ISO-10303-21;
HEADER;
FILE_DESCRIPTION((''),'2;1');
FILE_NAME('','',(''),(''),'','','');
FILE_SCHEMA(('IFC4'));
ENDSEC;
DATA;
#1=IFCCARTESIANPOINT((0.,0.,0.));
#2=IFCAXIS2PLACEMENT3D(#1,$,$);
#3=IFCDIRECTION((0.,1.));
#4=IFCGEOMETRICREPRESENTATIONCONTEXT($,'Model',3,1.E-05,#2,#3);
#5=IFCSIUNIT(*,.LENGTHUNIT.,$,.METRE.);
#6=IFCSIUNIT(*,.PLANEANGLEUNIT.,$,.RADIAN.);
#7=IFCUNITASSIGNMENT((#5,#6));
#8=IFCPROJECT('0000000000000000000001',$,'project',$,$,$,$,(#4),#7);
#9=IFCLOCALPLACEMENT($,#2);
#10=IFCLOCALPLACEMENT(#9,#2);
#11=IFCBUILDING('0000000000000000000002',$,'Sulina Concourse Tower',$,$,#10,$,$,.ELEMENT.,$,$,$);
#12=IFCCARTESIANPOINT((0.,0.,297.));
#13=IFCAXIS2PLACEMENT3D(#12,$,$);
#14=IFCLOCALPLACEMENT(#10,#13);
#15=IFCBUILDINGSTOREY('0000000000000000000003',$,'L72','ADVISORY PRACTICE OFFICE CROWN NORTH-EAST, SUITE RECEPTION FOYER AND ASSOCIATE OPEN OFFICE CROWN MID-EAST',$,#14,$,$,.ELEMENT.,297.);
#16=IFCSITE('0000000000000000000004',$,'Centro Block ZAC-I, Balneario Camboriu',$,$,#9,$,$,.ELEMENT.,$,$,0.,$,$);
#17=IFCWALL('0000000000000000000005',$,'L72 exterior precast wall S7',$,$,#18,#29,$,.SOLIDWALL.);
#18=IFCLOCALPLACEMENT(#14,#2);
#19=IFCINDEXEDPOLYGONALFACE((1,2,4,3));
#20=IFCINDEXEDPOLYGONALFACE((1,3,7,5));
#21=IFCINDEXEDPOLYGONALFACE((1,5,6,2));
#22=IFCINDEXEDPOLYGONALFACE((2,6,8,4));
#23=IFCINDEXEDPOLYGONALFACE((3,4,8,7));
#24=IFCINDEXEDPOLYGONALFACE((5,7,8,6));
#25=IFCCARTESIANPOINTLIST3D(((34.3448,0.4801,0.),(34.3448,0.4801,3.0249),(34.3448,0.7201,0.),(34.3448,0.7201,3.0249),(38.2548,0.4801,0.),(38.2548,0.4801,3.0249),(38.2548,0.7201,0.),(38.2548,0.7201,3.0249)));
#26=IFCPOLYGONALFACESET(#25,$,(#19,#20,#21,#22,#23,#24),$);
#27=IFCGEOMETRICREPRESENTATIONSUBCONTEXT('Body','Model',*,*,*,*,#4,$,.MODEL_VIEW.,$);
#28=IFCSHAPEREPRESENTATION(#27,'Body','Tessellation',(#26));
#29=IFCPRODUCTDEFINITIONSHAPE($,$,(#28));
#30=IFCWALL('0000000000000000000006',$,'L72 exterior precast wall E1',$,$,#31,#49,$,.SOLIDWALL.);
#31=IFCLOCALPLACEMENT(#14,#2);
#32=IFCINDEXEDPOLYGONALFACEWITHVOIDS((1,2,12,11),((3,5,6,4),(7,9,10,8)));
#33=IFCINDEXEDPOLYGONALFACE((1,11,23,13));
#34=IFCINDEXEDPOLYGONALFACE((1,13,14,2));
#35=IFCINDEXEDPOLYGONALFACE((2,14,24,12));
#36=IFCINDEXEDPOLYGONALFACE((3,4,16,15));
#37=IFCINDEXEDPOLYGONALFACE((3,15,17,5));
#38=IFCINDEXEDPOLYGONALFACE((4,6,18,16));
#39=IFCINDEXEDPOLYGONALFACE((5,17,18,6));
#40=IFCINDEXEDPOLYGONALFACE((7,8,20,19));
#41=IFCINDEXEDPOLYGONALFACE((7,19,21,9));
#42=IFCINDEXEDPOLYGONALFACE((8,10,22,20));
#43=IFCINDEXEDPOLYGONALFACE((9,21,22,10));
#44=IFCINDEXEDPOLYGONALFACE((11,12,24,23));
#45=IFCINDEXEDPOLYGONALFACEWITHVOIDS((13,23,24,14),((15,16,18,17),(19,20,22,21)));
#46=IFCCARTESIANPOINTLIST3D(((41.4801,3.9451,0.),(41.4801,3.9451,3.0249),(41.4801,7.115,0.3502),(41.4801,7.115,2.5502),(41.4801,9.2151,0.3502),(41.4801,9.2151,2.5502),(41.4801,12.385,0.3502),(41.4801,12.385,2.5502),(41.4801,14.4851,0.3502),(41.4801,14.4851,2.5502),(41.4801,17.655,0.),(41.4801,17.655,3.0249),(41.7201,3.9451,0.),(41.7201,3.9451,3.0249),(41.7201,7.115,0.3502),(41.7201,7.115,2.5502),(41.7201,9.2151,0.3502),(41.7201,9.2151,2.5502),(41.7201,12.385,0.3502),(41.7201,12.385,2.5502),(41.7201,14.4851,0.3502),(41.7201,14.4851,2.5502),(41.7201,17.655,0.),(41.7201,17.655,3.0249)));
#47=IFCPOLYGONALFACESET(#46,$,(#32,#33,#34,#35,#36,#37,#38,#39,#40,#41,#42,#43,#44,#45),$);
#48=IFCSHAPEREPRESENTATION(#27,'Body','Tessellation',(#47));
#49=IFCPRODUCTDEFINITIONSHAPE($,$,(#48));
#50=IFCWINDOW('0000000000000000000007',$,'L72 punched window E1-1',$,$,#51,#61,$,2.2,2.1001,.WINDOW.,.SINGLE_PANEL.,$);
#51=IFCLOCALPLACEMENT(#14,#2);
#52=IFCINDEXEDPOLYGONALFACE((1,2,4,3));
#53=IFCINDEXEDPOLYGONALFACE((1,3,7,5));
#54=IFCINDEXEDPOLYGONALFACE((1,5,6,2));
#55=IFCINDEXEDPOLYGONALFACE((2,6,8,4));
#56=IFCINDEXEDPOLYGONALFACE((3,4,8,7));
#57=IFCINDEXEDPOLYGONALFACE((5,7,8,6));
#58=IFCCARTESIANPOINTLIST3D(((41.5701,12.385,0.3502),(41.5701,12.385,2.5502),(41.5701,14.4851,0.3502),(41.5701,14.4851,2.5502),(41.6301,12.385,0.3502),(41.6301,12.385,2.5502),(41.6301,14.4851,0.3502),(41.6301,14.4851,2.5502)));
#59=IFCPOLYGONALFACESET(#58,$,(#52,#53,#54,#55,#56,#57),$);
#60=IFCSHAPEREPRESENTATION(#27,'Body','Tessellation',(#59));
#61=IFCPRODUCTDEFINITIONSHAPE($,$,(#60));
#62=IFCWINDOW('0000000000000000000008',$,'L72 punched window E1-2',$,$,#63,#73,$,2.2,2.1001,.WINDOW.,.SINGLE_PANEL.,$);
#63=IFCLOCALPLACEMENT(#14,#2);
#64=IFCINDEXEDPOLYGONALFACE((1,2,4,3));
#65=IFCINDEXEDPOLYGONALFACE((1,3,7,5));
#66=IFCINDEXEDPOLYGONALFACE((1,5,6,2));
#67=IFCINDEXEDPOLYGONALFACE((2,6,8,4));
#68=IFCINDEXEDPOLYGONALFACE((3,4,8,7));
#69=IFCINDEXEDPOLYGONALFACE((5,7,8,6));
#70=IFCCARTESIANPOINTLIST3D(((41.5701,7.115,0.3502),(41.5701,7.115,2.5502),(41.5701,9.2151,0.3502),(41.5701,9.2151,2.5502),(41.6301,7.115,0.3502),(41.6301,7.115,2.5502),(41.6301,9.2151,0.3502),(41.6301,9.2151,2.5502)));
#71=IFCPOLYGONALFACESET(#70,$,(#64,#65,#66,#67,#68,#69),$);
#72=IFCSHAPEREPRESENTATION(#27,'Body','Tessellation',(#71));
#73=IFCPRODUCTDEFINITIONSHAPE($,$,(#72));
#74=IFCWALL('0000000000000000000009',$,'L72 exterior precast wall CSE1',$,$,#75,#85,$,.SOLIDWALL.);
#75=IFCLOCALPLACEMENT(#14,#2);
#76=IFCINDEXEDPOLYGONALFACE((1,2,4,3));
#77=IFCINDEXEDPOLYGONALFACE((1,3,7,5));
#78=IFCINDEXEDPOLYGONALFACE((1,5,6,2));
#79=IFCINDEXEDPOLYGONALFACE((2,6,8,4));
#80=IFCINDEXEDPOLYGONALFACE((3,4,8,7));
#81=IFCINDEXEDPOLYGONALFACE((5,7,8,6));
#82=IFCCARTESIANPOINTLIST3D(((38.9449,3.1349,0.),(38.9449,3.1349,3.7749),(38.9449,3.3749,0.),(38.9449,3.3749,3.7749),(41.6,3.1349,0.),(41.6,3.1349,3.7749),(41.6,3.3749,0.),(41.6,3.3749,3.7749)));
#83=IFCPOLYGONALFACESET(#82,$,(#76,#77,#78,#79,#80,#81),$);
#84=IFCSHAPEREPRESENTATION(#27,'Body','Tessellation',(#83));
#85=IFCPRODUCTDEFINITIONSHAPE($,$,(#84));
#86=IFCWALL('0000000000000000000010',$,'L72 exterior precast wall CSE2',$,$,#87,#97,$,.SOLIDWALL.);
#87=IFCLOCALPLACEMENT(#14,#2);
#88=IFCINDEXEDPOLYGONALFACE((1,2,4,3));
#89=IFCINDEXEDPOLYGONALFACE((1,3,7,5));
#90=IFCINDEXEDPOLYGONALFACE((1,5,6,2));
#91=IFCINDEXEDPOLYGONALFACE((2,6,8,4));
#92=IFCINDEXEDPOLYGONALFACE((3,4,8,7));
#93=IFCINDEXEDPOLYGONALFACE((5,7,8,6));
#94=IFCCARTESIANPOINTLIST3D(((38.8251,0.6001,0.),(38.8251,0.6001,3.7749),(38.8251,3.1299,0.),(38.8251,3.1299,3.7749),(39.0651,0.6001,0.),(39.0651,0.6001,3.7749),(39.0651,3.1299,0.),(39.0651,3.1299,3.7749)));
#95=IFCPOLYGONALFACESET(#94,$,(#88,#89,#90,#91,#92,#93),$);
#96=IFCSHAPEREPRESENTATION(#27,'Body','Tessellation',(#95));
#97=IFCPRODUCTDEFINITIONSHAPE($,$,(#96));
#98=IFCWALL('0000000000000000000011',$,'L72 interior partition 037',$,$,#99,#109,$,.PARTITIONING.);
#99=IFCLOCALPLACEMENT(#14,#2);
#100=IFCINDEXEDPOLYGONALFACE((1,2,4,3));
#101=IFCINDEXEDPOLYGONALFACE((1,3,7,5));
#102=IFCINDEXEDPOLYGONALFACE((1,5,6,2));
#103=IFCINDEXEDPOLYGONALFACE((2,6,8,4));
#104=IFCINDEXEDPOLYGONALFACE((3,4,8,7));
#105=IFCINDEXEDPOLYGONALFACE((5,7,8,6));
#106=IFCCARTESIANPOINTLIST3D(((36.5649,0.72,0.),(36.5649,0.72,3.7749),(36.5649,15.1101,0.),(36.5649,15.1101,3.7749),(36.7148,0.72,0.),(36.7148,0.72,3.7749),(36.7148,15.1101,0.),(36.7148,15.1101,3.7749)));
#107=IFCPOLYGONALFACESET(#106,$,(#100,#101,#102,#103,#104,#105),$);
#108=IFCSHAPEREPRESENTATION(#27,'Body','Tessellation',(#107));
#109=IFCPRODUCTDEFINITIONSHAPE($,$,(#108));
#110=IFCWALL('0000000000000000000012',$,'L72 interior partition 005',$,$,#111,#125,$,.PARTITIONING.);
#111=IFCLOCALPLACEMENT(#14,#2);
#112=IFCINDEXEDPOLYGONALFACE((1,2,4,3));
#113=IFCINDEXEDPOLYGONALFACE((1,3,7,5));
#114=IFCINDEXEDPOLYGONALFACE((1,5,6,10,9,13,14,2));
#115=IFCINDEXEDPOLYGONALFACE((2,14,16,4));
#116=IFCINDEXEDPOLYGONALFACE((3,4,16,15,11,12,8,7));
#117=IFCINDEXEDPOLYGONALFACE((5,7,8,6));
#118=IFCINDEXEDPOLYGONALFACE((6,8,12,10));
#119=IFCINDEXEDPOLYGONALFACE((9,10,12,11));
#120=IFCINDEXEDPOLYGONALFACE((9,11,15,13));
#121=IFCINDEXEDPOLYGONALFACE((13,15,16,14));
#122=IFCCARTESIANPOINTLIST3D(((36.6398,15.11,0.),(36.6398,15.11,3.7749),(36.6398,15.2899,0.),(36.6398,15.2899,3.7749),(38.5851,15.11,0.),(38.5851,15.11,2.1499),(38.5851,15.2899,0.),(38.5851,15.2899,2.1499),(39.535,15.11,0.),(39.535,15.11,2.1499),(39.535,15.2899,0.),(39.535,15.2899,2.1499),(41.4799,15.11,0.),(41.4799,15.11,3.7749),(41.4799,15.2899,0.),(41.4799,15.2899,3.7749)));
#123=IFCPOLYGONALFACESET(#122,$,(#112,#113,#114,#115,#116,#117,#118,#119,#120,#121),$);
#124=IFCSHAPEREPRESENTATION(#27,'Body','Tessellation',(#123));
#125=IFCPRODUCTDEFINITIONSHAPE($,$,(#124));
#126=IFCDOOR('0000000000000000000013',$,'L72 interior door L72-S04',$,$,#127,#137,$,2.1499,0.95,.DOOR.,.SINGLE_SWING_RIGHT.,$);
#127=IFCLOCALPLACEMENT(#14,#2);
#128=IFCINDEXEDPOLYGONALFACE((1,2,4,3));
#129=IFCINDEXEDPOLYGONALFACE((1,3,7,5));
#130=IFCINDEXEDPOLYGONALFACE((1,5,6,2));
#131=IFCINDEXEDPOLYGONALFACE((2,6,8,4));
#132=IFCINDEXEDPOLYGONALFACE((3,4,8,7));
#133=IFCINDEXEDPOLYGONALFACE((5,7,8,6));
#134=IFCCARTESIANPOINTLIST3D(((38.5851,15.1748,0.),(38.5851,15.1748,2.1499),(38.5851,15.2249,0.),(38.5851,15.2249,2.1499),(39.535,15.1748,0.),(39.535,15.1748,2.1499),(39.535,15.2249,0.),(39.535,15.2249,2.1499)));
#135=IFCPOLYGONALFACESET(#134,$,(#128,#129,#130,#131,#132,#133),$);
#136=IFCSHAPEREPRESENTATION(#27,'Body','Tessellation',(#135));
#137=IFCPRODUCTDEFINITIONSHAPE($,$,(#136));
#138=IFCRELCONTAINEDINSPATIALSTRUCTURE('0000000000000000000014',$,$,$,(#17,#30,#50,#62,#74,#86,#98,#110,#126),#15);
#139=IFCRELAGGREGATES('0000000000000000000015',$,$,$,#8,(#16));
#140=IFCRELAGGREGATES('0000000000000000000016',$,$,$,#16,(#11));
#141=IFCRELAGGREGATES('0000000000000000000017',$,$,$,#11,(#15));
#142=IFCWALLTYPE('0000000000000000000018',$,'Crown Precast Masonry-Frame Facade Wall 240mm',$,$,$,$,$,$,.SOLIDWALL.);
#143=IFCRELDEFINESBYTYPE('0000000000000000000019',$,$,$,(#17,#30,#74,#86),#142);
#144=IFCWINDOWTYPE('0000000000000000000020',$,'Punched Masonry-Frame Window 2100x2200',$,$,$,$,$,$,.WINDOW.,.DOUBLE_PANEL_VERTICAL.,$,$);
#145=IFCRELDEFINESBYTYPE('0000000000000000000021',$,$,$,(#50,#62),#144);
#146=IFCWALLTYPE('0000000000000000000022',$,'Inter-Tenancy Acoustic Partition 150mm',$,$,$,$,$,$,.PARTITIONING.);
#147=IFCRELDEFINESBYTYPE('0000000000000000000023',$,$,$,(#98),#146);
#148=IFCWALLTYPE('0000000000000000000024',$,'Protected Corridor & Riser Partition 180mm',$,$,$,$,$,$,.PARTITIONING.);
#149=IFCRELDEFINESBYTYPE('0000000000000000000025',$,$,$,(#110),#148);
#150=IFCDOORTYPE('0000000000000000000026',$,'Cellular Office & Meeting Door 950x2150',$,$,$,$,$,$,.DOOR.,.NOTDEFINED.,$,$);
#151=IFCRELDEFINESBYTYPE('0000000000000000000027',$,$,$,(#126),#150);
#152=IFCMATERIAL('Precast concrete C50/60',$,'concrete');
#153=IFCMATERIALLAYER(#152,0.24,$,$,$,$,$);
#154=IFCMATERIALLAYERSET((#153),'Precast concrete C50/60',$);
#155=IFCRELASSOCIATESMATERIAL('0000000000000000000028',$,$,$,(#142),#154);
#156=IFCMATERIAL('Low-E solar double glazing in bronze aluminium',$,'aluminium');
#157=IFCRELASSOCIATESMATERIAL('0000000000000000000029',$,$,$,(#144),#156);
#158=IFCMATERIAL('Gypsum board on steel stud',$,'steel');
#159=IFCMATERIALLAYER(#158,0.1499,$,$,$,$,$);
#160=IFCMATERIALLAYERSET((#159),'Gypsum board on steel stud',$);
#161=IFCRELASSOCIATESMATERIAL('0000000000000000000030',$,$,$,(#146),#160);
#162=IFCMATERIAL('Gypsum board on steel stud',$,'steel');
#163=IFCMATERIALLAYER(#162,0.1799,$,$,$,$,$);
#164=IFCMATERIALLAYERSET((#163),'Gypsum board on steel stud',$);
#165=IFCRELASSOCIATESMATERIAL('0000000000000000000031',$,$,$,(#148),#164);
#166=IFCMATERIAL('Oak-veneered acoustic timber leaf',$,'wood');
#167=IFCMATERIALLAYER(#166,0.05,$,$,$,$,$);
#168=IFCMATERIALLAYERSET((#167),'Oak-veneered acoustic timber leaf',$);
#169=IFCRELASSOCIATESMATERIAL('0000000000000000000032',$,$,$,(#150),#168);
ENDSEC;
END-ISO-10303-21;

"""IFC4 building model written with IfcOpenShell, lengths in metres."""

from ifc_helpers import new_model, si_unit, direction, frame, frame_2d, origin, place, context, subcontext, project, spatial, rectangle, extrude, material, layer, layer_set, type_object, element, fill, save


model = new_model("IFC4")

# Units and contexts
model_context = context("Model", 3, precision=1e-05, world=origin(), true_north=direction((0.0, 1.0)))
body_context = subcontext(model_context, "Body", "Model", "MODEL_VIEW")
ifc_project = project(units=[si_unit("LENGTHUNIT", "METRE"), si_unit("PLANEANGLEUNIT", "RADIAN")], contexts=[model_context])

# Site, building, storey
site_placement = place(None, origin())
site = spatial("IfcSite", under=ifc_project, at=site_placement, Name="Centro Block ZAC-I, Balneario Camboriu", CompositionType="ELEMENT", RefElevation=0.0)
building_placement = place(site_placement, origin())
building = spatial("IfcBuilding", under=site, at=building_placement, Name="Sulina Concourse Tower", CompositionType="ELEMENT")
storey_placement = place(building_placement, frame((0.0, 0.0, 297.0)))
storey = spatial("IfcBuildingStorey", under=building, at=storey_placement, Name="L72", Description="ADVISORY PRACTICE OFFICE CROWN NORTH-EAST, SUITE RECEPTION FOYER AND ASSOCIATE OPEN OFFICE CROWN MID-EAST", CompositionType="ELEMENT", Elevation=297.0)

# Wall
ifc_material_1 = material(Name="Precast concrete C50/60", Category="concrete")
ifc_layer_1 = layer(ifc_material_1, 0.24)
ifc_layer_set_1 = layer_set([ifc_layer_1], Name="Precast concrete C50/60")
wall_type_1 = type_object("IfcWallType", Name="Crown Precast Masonry-Frame Facade Wall 240mm", PredefinedType="SOLIDWALL", material=ifc_layer_set_1)
wall_1_placement = place(storey_placement, frame((38.2549, 0.6001, 0.0), z_axis=(0.0, 0.0, 1.0), x_axis=(-1.0, 0.0, 0.0)))
element("IfcWall", 1, at=wall_1_placement, inside=storey, type_object=wall_type_1, Name="L72 exterior precast wall S7", PredefinedType="SOLIDWALL", context=body_context, shape_type="SweptSolid", body=[
    extrude(rectangle(XDim=3.9099, YDim=0.24, at=frame_2d((1.9551, 0.0))), origin(), (0.0, 0.0, 1.0), 3.0249),
])

# Wall, openings, windows
wall_2_placement = place(storey_placement, frame((41.6001, 17.655, 0.0), z_axis=(0.0, 0.0, 1.0), x_axis=(0.0, -1.0, 0.0)))
wall_2 = element("IfcWall", 2, at=wall_2_placement, inside=storey, type_object=wall_type_1, Name="L72 exterior precast wall E1", PredefinedType="SOLIDWALL", context=body_context, shape_type="SweptSolid", body=[
    extrude(rectangle(XDim=13.71, YDim=0.24, at=frame_2d((6.855, 0.0))), origin(), (0.0, 0.0, 1.0), 3.0249),
])
opening_1_placement = place(wall_2_placement, frame((3.1699, 0.0, 0.3501)))
opening_1 = element("IfcOpeningElement", 3, at=opening_1_placement, cuts=wall_2, PredefinedType="OPENING", context=body_context, shape_type="SweptSolid", body=[
    extrude(rectangle(XDim=2.1001, YDim=2.2, at=frame_2d((1.05, 1.1001))), frame((0.0, 0.1299, 0.0), z_axis=(0.0, -1.0, 0.0), x_axis=(1.0, 0.0, 0.0)), (0.0, 0.0, 1.0), 0.26),
])
opening_2_placement = place(wall_2_placement, frame((8.4399, 0.0, 0.3501)))
opening_2 = element("IfcOpeningElement", 4, at=opening_2_placement, cuts=wall_2, PredefinedType="OPENING", context=body_context, shape_type="SweptSolid", body=[
    extrude(rectangle(XDim=2.1001, YDim=2.2, at=frame_2d((1.05, 1.1001))), frame((0.0, 0.1299, 0.0), z_axis=(0.0, -1.0, 0.0), x_axis=(1.0, 0.0, 0.0)), (0.0, 0.0, 1.0), 0.26),
])
ifc_material_2 = material(Name="Low-E solar double glazing in bronze aluminium", Category="aluminium")
window_type = type_object("IfcWindowType", Name="Punched Masonry-Frame Window 2100x2200", PartitioningType="DOUBLE_PANEL_VERTICAL", PredefinedType="WINDOW", material=ifc_material_2)
window_1_placement = place(opening_1_placement, origin())
window_1 = element("IfcWindow", 5, at=window_1_placement, inside=storey, type_object=window_type, Name="L72 punched window E1-1", OverallHeight=2.2, OverallWidth=2.1001, PartitioningType="SINGLE_PANEL", PredefinedType="WINDOW", context=body_context, shape_type="SweptSolid", body=[
    extrude(rectangle(XDim=2.1001, YDim=2.2, at=frame_2d((1.05, 1.1001))), frame((0.0, 0.03, 0.0), z_axis=(0.0, -1.0, 0.0), x_axis=(1.0, 0.0, 0.0)), (0.0, 0.0, 1.0), 0.0601),
])
fill(opening_1, window_1)
window_2_placement = place(opening_2_placement, origin())
window_2 = element("IfcWindow", 6, at=window_2_placement, inside=storey, type_object=window_type, Name="L72 punched window E1-2", OverallHeight=2.2, OverallWidth=2.1001, PartitioningType="SINGLE_PANEL", PredefinedType="WINDOW", context=body_context, shape_type="SweptSolid", body=[
    extrude(rectangle(XDim=2.1001, YDim=2.2, at=frame_2d((1.05, 1.1001))), frame((0.0, 0.03, 0.0), z_axis=(0.0, -1.0, 0.0), x_axis=(1.0, 0.0, 0.0)), (0.0, 0.0, 1.0), 0.0601),
])
fill(opening_2, window_2)

# Walls
wall_3_placement = place(storey_placement, frame((41.6001, 3.2549, 0.0), z_axis=(0.0, 0.0, 1.0), x_axis=(-1.0, 0.0, 0.0)))
element("IfcWall", 7, at=wall_3_placement, inside=storey, type_object=wall_type_1, Name="L72 exterior precast wall CSE1", PredefinedType="SOLIDWALL", context=body_context, shape_type="SweptSolid", body=[
    extrude(rectangle(XDim=2.655, YDim=0.24, at=frame_2d((1.3276, 0.0))), origin(), (0.0, 0.0, 1.0), 3.7749),
])
wall_4_placement = place(storey_placement, frame((38.9451, 3.1299, 0.0), z_axis=(0.0, 0.0, 1.0), x_axis=(0.0, -1.0, 0.0)))
element("IfcWall", 8, at=wall_4_placement, inside=storey, type_object=wall_type_1, Name="L72 exterior precast wall CSE2", PredefinedType="SOLIDWALL", context=body_context, shape_type="SweptSolid", body=[
    extrude(rectangle(XDim=2.5298, YDim=0.24, at=frame_2d((1.2649, 0.0))), origin(), (0.0, 0.0, 1.0), 3.7749),
])
ifc_material_3 = material(Name="Gypsum board on steel stud", Category="steel")
ifc_layer_2 = layer(ifc_material_3, 0.1499)
ifc_layer_set_2 = layer_set([ifc_layer_2], Name="Gypsum board on steel stud")
wall_type_2 = type_object("IfcWallType", Name="Inter-Tenancy Acoustic Partition 150mm", PredefinedType="PARTITIONING", material=ifc_layer_set_2)
wall_5_placement = place(storey_placement, frame((36.6399, 0.72, 0.0), z_axis=(0.0, 0.0, 1.0), x_axis=(0.0, 1.0, 0.0)))
element("IfcWall", 9, at=wall_5_placement, inside=storey, type_object=wall_type_2, Name="L72 interior partition 037", PredefinedType="PARTITIONING", context=body_context, shape_type="SweptSolid", body=[
    extrude(rectangle(XDim=14.3901, YDim=0.1499, at=frame_2d((7.1951, 0.0))), origin(), (0.0, 0.0, 1.0), 3.7749),
])

# Wall, opening, door
ifc_material_4 = material(Name="Gypsum board on steel stud", Category="steel")
ifc_layer_3 = layer(ifc_material_4, 0.1799)
ifc_layer_set_3 = layer_set([ifc_layer_3], Name="Gypsum board on steel stud")
wall_type_3 = type_object("IfcWallType", Name="Protected Corridor & Riser Partition 180mm", PredefinedType="PARTITIONING", material=ifc_layer_set_3)
wall_6_placement = place(storey_placement, frame((36.6399, 15.2, 0.0), z_axis=(0.0, 0.0, 1.0), x_axis=(1.0, 0.0, 0.0)))
wall_6 = element("IfcWall", 10, at=wall_6_placement, inside=storey, type_object=wall_type_3, Name="L72 interior partition 005", PredefinedType="PARTITIONING", context=body_context, shape_type="SweptSolid", body=[
    extrude(rectangle(XDim=4.8401, YDim=0.1799, at=frame_2d((2.4199, 0.0))), origin(), (0.0, 0.0, 1.0), 3.7749),
])
opening_3_placement = place(wall_6_placement, frame((1.9451, 0.0, 0.0)))
opening_3 = element("IfcOpeningElement", 11, at=opening_3_placement, cuts=wall_6, PredefinedType="OPENING", context=body_context, shape_type="SweptSolid", body=[
    extrude(rectangle(XDim=0.95, YDim=2.1499, at=frame_2d((0.4751, 1.075))), frame((0.0, 0.0999, 0.0), z_axis=(0.0, -1.0, 0.0), x_axis=(1.0, 0.0, 0.0)), (0.0, 0.0, 1.0), 0.2),
])
ifc_material_5 = material(Name="Oak-veneered acoustic timber leaf", Category="wood")
ifc_layer_4 = layer(ifc_material_5, 0.05)
ifc_layer_set_4 = layer_set([ifc_layer_4], Name="Oak-veneered acoustic timber leaf")
door_type = type_object("IfcDoorType", Name="Cellular Office & Meeting Door 950x2150", OperationType="NOTDEFINED", PredefinedType="DOOR", material=ifc_layer_set_4)
door_placement = place(opening_3_placement, origin())
door = element("IfcDoor", 12, at=door_placement, inside=storey, type_object=door_type, Name="L72 interior door L72-S04", OperationType="SINGLE_SWING_RIGHT", OverallHeight=2.1499, OverallWidth=0.95, PredefinedType="DOOR", context=body_context, shape_type="SweptSolid", body=[
    extrude(rectangle(XDim=0.95, YDim=2.1499, at=frame_2d((0.4751, 1.075))), frame((0.0, 0.0249, 0.0), z_axis=(0.0, -1.0, 0.0), x_axis=(1.0, 0.0, 0.0)), (0.0, 0.0, 1.0), 0.05),
])
fill(opening_3, door)

save(model, "model.ifc")
